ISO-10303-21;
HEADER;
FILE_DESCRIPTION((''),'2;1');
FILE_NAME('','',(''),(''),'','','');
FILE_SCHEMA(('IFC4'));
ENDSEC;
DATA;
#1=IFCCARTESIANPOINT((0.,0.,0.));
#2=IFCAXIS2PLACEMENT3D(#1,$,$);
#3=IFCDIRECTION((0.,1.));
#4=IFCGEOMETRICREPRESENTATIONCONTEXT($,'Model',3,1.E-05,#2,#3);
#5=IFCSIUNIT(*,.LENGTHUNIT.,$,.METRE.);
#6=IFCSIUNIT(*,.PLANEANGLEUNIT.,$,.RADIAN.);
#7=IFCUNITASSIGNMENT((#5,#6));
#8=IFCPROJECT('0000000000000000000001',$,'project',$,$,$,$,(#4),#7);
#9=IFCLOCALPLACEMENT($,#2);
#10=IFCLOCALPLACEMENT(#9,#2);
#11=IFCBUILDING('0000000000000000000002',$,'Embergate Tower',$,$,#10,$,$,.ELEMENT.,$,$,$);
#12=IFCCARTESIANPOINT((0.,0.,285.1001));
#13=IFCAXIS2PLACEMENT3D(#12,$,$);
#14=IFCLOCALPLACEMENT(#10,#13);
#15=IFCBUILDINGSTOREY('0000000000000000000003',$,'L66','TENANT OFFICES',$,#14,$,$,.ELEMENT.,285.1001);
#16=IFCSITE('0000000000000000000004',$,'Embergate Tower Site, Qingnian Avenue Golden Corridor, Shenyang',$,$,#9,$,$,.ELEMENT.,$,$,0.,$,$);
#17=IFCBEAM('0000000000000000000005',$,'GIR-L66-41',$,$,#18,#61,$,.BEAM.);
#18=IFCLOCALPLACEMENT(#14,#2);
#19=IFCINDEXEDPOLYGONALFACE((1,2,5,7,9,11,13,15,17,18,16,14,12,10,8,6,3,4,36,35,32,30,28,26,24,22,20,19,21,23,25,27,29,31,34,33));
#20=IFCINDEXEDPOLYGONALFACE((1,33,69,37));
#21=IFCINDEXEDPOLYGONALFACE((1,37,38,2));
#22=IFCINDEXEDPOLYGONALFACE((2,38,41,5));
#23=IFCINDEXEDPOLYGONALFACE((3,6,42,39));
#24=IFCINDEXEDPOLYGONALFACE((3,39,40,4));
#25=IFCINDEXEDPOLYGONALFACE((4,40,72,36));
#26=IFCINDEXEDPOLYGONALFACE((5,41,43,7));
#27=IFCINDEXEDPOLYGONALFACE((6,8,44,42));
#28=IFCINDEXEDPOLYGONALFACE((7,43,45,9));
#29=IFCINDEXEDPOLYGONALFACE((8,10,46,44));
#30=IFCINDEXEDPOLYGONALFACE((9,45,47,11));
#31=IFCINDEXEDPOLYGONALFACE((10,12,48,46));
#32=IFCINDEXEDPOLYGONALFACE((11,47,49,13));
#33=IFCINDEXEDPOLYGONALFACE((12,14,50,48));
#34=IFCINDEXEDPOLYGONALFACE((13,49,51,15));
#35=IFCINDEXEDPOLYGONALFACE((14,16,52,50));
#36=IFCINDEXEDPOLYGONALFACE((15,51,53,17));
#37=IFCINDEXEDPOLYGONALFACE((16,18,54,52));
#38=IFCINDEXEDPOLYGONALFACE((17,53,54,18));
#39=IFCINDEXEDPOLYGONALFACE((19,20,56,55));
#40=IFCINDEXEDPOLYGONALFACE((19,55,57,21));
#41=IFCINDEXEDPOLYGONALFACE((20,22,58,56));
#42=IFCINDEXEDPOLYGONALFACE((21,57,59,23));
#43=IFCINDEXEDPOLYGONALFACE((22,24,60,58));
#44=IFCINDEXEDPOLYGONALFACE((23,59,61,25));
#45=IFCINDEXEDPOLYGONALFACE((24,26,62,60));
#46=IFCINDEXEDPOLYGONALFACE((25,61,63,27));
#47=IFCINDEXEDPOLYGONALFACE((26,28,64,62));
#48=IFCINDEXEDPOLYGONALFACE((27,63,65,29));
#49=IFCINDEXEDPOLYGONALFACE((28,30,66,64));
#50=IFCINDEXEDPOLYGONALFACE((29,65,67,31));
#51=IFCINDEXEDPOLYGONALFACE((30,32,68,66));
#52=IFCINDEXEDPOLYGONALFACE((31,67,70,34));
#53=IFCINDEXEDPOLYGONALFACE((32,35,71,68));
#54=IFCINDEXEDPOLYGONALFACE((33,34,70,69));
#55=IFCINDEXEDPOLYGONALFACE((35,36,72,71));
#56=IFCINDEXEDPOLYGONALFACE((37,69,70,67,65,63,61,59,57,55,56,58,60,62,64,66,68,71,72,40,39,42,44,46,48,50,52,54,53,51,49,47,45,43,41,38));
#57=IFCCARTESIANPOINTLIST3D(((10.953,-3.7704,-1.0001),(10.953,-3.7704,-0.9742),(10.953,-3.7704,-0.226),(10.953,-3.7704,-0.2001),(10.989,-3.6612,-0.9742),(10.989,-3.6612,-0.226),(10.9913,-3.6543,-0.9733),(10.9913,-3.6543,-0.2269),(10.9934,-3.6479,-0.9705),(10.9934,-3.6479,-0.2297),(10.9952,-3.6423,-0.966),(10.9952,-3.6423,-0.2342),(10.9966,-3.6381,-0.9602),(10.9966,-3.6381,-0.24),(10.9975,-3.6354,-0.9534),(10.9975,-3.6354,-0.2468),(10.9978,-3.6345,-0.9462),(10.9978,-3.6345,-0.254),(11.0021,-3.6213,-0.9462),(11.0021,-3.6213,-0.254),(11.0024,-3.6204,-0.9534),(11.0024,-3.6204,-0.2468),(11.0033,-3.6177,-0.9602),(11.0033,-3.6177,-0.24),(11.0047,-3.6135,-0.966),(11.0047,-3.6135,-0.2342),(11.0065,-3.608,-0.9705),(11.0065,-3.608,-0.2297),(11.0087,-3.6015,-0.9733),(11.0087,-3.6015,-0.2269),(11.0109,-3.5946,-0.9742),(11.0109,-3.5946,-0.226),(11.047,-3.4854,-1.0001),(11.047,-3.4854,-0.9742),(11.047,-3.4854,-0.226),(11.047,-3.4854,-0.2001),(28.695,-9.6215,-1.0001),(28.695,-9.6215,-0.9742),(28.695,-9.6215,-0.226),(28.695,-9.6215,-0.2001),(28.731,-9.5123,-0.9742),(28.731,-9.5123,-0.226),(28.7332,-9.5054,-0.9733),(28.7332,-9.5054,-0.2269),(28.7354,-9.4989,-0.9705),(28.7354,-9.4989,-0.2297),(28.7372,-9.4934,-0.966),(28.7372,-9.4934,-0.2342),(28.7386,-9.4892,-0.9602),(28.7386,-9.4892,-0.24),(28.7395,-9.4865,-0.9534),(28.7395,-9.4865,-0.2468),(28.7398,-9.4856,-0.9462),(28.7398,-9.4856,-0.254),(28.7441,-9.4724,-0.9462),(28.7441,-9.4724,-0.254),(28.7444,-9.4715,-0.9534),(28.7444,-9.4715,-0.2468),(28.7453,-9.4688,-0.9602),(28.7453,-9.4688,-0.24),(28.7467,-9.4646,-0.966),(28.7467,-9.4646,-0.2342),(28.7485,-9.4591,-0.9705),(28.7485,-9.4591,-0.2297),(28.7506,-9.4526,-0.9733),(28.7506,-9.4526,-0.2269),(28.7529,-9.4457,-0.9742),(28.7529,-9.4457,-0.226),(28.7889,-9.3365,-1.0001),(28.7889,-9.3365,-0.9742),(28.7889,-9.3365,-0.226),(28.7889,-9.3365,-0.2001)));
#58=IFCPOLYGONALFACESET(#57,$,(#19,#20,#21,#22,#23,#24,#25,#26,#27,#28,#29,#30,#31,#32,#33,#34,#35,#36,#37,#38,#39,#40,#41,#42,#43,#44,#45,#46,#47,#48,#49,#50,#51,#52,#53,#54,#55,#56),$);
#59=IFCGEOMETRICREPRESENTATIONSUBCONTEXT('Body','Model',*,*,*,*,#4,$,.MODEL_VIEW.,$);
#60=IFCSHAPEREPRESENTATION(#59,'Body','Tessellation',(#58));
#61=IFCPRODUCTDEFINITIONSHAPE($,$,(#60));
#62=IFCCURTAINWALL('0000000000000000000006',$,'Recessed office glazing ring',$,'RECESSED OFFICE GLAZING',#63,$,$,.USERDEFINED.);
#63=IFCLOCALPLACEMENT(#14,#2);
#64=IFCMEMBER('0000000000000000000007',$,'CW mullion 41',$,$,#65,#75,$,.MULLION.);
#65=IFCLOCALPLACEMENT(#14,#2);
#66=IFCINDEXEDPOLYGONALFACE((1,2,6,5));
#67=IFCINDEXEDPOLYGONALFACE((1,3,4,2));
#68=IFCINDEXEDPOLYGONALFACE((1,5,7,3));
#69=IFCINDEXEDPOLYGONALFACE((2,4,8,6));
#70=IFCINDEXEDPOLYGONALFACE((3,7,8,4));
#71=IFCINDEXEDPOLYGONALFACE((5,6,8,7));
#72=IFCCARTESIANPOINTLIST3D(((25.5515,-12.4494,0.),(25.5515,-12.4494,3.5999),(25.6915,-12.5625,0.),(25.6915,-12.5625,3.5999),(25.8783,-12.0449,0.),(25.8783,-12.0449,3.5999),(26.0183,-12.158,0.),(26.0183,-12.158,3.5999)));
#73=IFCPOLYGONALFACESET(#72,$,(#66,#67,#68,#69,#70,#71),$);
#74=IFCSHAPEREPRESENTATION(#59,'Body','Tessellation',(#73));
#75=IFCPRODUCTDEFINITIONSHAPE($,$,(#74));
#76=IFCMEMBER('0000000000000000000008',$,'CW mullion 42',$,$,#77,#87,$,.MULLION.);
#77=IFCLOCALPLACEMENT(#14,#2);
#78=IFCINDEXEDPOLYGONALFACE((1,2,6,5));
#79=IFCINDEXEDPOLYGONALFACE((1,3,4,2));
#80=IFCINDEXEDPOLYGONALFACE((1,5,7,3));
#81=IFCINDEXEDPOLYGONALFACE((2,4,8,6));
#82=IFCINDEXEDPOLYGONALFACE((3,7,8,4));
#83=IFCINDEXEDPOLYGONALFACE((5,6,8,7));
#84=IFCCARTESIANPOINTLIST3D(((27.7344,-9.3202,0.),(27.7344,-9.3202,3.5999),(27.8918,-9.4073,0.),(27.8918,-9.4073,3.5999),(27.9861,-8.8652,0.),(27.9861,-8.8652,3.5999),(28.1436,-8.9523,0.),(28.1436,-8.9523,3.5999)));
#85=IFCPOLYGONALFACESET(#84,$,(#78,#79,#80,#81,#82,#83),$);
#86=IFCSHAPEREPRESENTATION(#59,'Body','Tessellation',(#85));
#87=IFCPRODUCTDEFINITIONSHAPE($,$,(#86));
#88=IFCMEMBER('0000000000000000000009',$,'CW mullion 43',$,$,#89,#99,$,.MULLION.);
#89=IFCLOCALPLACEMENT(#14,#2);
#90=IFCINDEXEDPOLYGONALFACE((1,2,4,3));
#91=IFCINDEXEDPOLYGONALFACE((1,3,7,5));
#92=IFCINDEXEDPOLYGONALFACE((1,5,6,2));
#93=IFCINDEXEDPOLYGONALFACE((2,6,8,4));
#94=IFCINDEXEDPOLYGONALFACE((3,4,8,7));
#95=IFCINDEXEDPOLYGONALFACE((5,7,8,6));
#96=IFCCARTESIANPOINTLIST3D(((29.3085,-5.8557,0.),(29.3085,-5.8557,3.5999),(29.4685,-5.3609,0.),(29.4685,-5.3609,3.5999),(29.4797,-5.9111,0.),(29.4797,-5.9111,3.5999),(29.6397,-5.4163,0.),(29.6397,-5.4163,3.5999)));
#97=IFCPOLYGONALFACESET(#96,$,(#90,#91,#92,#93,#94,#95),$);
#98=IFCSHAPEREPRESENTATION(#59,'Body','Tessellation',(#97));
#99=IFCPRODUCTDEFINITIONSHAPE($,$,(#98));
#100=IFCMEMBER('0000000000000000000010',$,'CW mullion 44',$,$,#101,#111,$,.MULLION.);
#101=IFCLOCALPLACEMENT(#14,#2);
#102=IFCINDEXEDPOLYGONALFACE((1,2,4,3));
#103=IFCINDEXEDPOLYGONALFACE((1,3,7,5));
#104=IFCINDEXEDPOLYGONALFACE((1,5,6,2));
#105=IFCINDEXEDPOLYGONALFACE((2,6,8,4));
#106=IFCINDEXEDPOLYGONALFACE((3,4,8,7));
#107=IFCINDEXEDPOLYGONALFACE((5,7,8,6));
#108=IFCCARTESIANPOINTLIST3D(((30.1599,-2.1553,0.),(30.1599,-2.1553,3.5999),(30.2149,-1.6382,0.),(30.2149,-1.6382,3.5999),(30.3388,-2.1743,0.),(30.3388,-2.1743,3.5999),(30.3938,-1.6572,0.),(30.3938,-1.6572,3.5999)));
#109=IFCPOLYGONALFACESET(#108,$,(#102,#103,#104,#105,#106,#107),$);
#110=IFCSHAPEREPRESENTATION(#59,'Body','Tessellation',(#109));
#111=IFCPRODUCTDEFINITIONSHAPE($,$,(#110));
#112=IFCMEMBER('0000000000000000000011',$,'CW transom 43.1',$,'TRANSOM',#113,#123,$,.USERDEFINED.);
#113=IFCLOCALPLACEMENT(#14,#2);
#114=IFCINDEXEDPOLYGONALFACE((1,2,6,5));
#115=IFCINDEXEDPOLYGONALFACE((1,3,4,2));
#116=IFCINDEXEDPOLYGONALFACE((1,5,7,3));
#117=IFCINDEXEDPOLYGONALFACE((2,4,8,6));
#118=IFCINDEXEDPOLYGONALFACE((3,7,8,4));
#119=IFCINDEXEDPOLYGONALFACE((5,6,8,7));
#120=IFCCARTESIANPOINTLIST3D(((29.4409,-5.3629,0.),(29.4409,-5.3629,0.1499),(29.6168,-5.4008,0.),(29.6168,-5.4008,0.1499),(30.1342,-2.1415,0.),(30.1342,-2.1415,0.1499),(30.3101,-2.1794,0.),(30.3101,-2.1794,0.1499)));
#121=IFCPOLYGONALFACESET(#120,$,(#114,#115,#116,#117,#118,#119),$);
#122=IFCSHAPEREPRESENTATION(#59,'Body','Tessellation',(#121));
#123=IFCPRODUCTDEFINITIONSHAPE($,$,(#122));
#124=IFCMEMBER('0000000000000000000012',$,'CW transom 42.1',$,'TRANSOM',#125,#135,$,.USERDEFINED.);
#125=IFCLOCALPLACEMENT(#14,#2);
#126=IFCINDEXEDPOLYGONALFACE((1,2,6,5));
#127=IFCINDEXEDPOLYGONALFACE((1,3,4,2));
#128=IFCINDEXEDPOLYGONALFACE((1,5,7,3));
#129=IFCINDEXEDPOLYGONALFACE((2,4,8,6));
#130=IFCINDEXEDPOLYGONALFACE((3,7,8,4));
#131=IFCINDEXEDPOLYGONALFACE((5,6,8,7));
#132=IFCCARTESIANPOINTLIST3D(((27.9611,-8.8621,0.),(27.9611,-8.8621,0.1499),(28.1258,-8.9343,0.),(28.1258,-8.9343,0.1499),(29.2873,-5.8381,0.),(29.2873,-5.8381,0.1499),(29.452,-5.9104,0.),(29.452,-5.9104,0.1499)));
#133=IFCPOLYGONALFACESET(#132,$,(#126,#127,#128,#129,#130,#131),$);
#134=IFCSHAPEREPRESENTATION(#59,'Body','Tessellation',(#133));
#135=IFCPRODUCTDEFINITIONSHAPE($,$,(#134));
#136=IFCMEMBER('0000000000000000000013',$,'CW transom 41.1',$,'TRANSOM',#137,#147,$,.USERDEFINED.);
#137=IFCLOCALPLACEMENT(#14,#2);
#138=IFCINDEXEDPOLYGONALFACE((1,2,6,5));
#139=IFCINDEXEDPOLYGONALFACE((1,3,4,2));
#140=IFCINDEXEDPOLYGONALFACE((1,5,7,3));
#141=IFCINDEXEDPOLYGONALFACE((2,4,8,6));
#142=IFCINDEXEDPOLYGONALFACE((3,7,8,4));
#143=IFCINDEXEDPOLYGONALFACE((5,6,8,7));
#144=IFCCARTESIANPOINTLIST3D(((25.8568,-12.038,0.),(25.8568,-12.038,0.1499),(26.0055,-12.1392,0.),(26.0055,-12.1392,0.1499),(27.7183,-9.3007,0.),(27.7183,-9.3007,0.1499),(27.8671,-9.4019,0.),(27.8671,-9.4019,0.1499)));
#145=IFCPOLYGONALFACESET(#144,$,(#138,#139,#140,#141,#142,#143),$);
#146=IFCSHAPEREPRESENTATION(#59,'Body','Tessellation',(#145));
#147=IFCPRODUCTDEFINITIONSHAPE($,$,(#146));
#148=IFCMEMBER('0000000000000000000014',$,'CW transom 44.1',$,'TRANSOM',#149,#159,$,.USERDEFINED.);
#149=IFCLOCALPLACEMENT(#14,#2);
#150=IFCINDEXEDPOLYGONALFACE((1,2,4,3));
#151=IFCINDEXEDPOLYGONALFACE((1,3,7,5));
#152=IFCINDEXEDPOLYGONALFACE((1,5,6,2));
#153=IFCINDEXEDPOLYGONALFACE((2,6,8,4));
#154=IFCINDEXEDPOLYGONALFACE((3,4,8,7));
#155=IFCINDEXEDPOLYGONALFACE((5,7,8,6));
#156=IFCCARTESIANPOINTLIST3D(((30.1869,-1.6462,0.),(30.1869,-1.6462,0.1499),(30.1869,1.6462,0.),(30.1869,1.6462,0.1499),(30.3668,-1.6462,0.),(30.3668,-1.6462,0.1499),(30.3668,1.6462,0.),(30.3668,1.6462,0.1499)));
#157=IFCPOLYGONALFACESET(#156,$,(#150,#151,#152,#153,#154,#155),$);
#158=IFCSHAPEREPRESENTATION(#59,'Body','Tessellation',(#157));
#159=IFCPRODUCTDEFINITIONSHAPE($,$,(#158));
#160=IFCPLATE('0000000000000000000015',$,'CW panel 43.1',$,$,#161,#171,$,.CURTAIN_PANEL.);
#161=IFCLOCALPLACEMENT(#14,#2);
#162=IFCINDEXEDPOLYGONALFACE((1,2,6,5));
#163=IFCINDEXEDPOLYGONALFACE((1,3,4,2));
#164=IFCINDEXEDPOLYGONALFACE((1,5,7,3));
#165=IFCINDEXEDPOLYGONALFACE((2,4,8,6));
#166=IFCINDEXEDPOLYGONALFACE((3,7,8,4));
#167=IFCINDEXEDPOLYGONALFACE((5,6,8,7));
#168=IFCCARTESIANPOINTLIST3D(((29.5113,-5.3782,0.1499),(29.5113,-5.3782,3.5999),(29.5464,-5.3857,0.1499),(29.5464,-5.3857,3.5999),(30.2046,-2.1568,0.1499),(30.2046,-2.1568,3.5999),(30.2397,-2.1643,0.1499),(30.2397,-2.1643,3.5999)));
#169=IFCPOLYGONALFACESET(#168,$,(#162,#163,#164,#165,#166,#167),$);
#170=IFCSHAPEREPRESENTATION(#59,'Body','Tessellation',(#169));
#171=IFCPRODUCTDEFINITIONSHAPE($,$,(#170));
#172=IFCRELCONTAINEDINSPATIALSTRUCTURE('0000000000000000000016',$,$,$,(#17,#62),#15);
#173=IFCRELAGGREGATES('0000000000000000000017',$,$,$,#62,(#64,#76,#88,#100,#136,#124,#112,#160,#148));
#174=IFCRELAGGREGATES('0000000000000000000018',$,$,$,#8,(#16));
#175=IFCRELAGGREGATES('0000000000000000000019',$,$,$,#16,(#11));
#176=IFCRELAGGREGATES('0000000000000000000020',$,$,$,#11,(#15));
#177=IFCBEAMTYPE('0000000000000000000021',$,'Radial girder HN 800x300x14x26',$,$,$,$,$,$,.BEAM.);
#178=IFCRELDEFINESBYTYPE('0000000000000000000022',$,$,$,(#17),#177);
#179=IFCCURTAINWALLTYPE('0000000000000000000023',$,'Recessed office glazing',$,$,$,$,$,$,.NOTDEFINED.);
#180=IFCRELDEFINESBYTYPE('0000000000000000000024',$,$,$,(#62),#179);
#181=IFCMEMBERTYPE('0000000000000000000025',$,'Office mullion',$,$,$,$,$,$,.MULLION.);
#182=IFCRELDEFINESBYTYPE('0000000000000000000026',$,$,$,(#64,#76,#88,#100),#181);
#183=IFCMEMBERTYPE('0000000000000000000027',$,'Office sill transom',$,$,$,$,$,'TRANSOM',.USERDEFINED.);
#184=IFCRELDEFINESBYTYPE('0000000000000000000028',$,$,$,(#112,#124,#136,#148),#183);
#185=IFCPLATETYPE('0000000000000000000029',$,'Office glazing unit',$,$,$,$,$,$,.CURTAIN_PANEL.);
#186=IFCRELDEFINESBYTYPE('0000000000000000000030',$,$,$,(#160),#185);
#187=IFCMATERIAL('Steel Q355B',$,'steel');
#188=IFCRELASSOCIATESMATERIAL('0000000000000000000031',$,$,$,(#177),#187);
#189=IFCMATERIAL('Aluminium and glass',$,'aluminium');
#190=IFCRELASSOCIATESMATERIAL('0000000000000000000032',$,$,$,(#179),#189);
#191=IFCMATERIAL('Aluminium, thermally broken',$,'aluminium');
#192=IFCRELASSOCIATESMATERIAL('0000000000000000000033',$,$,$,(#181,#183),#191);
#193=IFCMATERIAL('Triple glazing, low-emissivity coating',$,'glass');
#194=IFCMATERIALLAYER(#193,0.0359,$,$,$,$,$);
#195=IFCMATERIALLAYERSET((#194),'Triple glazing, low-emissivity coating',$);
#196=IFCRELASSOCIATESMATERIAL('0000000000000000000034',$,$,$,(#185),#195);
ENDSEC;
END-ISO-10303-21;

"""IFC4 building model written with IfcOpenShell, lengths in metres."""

from ifc_helpers import new_model, si_unit, direction, frame, origin, origin_2d, place, context, subcontext, project, spatial, rectangle, i_section, extrude, source, transform, mapped, material, layer, layer_set, material_profile, profile_set, type_object, element, aggregate, save


model = new_model("IFC4")

# Units and contexts
model_context = context("Model", 3, precision=1e-05, world=origin(), true_north=direction((0.0, 1.0)))
body_context = subcontext(model_context, "Body", "Model", "MODEL_VIEW")
ifc_project = project(units=[si_unit("LENGTHUNIT", "METRE"), si_unit("PLANEANGLEUNIT", "RADIAN")], contexts=[model_context])

# Site, building, storey
site_placement = place(None, origin())
site = spatial("IfcSite", under=ifc_project, at=site_placement, Name="Embergate Tower Site, Qingnian Avenue Golden Corridor, Shenyang", CompositionType="ELEMENT", RefElevation=0.0)
building_placement = place(site_placement, origin())
building = spatial("IfcBuilding", under=site, at=building_placement, Name="Embergate Tower", CompositionType="ELEMENT")
storey_placement = place(building_placement, frame((0.0, 0.0, 285.1001)))
storey = spatial("IfcBuildingStorey", under=building, at=storey_placement, Name="L66", Description="TENANT OFFICES", CompositionType="ELEMENT", Elevation=285.1001)

# Beam
ifc_material_1 = material(Name="Steel Q355B", Category="steel")
ifc_material_profile_1 = material_profile(ifc_material_1, i_section(OverallWidth=0.3, OverallDepth=0.8, WebThickness=0.0139, FlangeThickness=0.0259, FilletRadius=0.0281, at=origin_2d()), Name="HN 800x300x14x26")
ifc_profile_set_1 = profile_set([ifc_material_profile_1], Name="Steel Q355 grade B")
beam_type_1 = type_object("IfcBeamType", Name="Radial girder HN 800x300x14x26", PredefinedType="BEAM", material=ifc_profile_set_1)
shared_shape_1 = source(origin(), body_context, "Body", "SweptSolid", [
    extrude(i_section(OverallWidth=0.3, OverallDepth=0.8, WebThickness=0.0139, FlangeThickness=0.0259, FilletRadius=0.0281, at=origin_2d()), origin(), (0.0, 0.0, 1.0), 18.6819),
])
beam_1_placement = place(storey_placement, frame((28.7419, -9.479, -0.6001), z_axis=(-0.949689, 0.313196, 0.0), x_axis=(-0.313196, -0.949689, 0.0)))
element("IfcBeam", 1, at=beam_1_placement, inside=storey, type_object=beam_type_1, Name="GIR-L66-41", PredefinedType="BEAM", context=body_context, shape_type="MappedRepresentation", body=[
    mapped(shared_shape_1, transform((0.0, 0.0, 0.0))),
])

# Curtain wall, members, plate
ifc_material_2 = material(Name="Aluminium and glass", Category="aluminium")
curtain_wall_type = type_object("IfcCurtainWallType", Name="Recessed office glazing", PredefinedType="NOTDEFINED", material=ifc_material_2)
curtain_wall_placement = place(storey_placement, origin())
curtain_wall = element("IfcCurtainWall", 2, at=curtain_wall_placement, inside=storey, type_object=curtain_wall_type, Name="Recessed office glazing ring", ObjectType="RECESSED OFFICE GLAZING", PredefinedType="USERDEFINED")
ifc_material_3 = material(Name="Aluminium, thermally broken", Category="aluminium")
ifc_material_profile_2 = material_profile(ifc_material_3, rectangle(XDim=0.1799, YDim=0.52, at=origin_2d()), Name="AL 520x180")
ifc_profile_set_2 = profile_set([ifc_material_profile_2], Name="Aluminium, thermally broken")
member_type_1 = type_object("IfcMemberType", Name="Office mullion", PredefinedType="MULLION", material=ifc_profile_set_2)
shared_shape_2 = source(origin(), body_context, "Body", "SweptSolid", [
    extrude(rectangle(XDim=0.1799, YDim=0.52, at=origin_2d()), origin(), (0.0, 0.0, 1.0), 3.5999),
])
member_1_placement = place(storey_placement, frame((25.7849, -12.3037, 0.0), z_axis=(0.0, 0.0, 1.0), x_axis=(-0.777856, 0.628442, 0.0)))
member_1 = element("IfcMember", 3, at=member_1_placement, type_object=member_type_1, Name="CW mullion 41", PredefinedType="MULLION", context=body_context, shape_type="MappedRepresentation", body=[
    mapped(shared_shape_2, transform((0.0, 0.0, 0.0))),
])
member_2_placement = place(storey_placement, frame((27.939, -9.1362, 0.0), z_axis=(0.0, 0.0, 1.0), x_axis=(-0.874988, 0.484144, 0.0)))
member_2 = element("IfcMember", 4, at=member_2_placement, type_object=member_type_1, Name="CW mullion 42", PredefinedType="MULLION", context=body_context, shape_type="MappedRepresentation", body=[
    mapped(shared_shape_2, transform((0.0, 0.0, 0.0))),
])
member_3_placement = place(storey_placement, frame((29.4741, -5.636, 0.0), z_axis=(0.0, 0.0, 1.0), x_axis=(-0.951491, 0.307675, 0.0)))
member_3 = element("IfcMember", 5, at=member_3_placement, type_object=member_type_1, Name="CW mullion 43", PredefinedType="MULLION", context=body_context, shape_type="MappedRepresentation", body=[
    mapped(shared_shape_2, transform((0.0, 0.0, 0.0))),
])
member_4_placement = place(storey_placement, frame((30.2769, -1.9062, 0.0), z_axis=(0.0, 0.0, 1.0), x_axis=(-0.994384, 0.105832, 0.0)))
member_4 = element("IfcMember", 6, at=member_4_placement, type_object=member_type_1, Name="CW mullion 44", PredefinedType="MULLION", context=body_context, shape_type="MappedRepresentation", body=[
    mapped(shared_shape_2, transform((0.0, 0.0, 0.0))),
])
ifc_material_profile_3 = material_profile(ifc_material_3, rectangle(XDim=0.1799, YDim=0.1499, at=origin_2d()), Name="AL 150x180")
ifc_profile_set_3 = profile_set([ifc_material_profile_3], Name="Aluminium, thermally broken")
member_type_2 = type_object("IfcMemberType", Name="Office sill transom", ElementType="TRANSOM", PredefinedType="USERDEFINED", material=ifc_profile_set_3)
shared_shape_3 = source(origin(), body_context, "Body", "SweptSolid", [
    extrude(rectangle(XDim=0.1799, YDim=0.1499, at=origin_2d()), origin(), (0.0, 0.0, 1.0), 3.2952),
])
member_5_placement = place(storey_placement, frame((29.5288, -5.3818, 0.075), z_axis=(0.210414, 0.977612, 0.0), x_axis=(-0.977612, 0.210414, 0.0)))
member_5 = element("IfcMember", 7, at=member_5_placement, type_object=member_type_2, Name="CW transom 43.1", ObjectType="TRANSOM", PredefinedType="USERDEFINED", context=body_context, shape_type="MappedRepresentation", body=[
    mapped(shared_shape_3, transform((0.0, 0.0, 0.0))),
])
shared_shape_4 = source(origin(), body_context, "Body", "SweptSolid", [
    extrude(rectangle(XDim=0.1799, YDim=0.1499, at=origin_2d()), origin(), (0.0, 0.0, 1.0), 3.302),
])
member_6_placement = place(storey_placement, frame((28.0435, -8.8982, 0.075), z_axis=(0.401633, 0.915801, 0.0), x_axis=(-0.915801, 0.401633, 0.0)))
member_6 = element("IfcMember", 8, at=member_6_placement, type_object=member_type_2, Name="CW transom 42.1", ObjectType="TRANSOM", PredefinedType="USERDEFINED", context=body_context, shape_type="MappedRepresentation", body=[
    mapped(shared_shape_4, transform((0.0, 0.0, 0.0))),
])
shared_shape_5 = source(origin(), body_context, "Body", "SweptSolid", [
    extrude(rectangle(XDim=0.1799, YDim=0.1499, at=origin_2d()), origin(), (0.0, 0.0, 1.0), 3.3103),
])
member_7_placement = place(storey_placement, frame((25.9312, -12.0886, 0.075), z_axis=(0.562352, 0.826898, 0.0), x_axis=(-0.826898, 0.562352, 0.0)))
member_7 = element("IfcMember", 9, at=member_7_placement, type_object=member_type_2, Name="CW transom 41.1", ObjectType="TRANSOM", PredefinedType="USERDEFINED", context=body_context, shape_type="MappedRepresentation", body=[
    mapped(shared_shape_5, transform((0.0, 0.0, 0.0))),
])
shared_shape_6 = source(origin(), body_context, "Body", "SweptSolid", [
    extrude(rectangle(XDim=0.1799, YDim=0.1499, at=origin_2d()), origin(), (0.0, 0.0, 1.0), 3.2925),
])
member_8_placement = place(storey_placement, frame((30.2769, -1.6462, 0.075), z_axis=(0.0, 1.0, 0.0), x_axis=(-1.0, 0.0, 0.0)))
member_8 = element("IfcMember", 10, at=member_8_placement, type_object=member_type_2, Name="CW transom 44.1", ObjectType="TRANSOM", PredefinedType="USERDEFINED", context=body_context, shape_type="MappedRepresentation", body=[
    mapped(shared_shape_6, transform((0.0, 0.0, 0.0))),
])
ifc_material_4 = material(Name="Triple glazing, low-emissivity coating", Category="glass")
ifc_layer_1 = layer(ifc_material_4, 0.0359)
ifc_layer_set_1 = layer_set([ifc_layer_1], Name="Triple glazing, low-emissivity coating")
plate_type = type_object("IfcPlateType", Name="Office glazing unit", PredefinedType="CURTAIN_PANEL", material=ifc_layer_set_1)
shared_shape_7 = source(origin(), body_context, "Body", "SweptSolid", [
    extrude(rectangle(XDim=3.2952, YDim=0.0359, at=origin_2d()), origin(), (0.0, 0.0, 1.0), 3.45),
])
plate_1_placement = place(storey_placement, frame((29.8755, -3.7712, 0.1499), z_axis=(0.0, 0.0, 1.0), x_axis=(0.210405, 0.977614, 0.0)))
plate_1 = element("IfcPlate", 11, at=plate_1_placement, type_object=plate_type, Name="CW panel 43.1", PredefinedType="CURTAIN_PANEL", context=body_context, shape_type="MappedRepresentation", body=[
    mapped(shared_shape_7, transform((0.0, 0.0, 0.0))),
])
aggregate(curtain_wall, [member_1, member_2, member_3, member_4, member_7, member_6, member_5, plate_1, member_8])

save(model, "model.ifc")
